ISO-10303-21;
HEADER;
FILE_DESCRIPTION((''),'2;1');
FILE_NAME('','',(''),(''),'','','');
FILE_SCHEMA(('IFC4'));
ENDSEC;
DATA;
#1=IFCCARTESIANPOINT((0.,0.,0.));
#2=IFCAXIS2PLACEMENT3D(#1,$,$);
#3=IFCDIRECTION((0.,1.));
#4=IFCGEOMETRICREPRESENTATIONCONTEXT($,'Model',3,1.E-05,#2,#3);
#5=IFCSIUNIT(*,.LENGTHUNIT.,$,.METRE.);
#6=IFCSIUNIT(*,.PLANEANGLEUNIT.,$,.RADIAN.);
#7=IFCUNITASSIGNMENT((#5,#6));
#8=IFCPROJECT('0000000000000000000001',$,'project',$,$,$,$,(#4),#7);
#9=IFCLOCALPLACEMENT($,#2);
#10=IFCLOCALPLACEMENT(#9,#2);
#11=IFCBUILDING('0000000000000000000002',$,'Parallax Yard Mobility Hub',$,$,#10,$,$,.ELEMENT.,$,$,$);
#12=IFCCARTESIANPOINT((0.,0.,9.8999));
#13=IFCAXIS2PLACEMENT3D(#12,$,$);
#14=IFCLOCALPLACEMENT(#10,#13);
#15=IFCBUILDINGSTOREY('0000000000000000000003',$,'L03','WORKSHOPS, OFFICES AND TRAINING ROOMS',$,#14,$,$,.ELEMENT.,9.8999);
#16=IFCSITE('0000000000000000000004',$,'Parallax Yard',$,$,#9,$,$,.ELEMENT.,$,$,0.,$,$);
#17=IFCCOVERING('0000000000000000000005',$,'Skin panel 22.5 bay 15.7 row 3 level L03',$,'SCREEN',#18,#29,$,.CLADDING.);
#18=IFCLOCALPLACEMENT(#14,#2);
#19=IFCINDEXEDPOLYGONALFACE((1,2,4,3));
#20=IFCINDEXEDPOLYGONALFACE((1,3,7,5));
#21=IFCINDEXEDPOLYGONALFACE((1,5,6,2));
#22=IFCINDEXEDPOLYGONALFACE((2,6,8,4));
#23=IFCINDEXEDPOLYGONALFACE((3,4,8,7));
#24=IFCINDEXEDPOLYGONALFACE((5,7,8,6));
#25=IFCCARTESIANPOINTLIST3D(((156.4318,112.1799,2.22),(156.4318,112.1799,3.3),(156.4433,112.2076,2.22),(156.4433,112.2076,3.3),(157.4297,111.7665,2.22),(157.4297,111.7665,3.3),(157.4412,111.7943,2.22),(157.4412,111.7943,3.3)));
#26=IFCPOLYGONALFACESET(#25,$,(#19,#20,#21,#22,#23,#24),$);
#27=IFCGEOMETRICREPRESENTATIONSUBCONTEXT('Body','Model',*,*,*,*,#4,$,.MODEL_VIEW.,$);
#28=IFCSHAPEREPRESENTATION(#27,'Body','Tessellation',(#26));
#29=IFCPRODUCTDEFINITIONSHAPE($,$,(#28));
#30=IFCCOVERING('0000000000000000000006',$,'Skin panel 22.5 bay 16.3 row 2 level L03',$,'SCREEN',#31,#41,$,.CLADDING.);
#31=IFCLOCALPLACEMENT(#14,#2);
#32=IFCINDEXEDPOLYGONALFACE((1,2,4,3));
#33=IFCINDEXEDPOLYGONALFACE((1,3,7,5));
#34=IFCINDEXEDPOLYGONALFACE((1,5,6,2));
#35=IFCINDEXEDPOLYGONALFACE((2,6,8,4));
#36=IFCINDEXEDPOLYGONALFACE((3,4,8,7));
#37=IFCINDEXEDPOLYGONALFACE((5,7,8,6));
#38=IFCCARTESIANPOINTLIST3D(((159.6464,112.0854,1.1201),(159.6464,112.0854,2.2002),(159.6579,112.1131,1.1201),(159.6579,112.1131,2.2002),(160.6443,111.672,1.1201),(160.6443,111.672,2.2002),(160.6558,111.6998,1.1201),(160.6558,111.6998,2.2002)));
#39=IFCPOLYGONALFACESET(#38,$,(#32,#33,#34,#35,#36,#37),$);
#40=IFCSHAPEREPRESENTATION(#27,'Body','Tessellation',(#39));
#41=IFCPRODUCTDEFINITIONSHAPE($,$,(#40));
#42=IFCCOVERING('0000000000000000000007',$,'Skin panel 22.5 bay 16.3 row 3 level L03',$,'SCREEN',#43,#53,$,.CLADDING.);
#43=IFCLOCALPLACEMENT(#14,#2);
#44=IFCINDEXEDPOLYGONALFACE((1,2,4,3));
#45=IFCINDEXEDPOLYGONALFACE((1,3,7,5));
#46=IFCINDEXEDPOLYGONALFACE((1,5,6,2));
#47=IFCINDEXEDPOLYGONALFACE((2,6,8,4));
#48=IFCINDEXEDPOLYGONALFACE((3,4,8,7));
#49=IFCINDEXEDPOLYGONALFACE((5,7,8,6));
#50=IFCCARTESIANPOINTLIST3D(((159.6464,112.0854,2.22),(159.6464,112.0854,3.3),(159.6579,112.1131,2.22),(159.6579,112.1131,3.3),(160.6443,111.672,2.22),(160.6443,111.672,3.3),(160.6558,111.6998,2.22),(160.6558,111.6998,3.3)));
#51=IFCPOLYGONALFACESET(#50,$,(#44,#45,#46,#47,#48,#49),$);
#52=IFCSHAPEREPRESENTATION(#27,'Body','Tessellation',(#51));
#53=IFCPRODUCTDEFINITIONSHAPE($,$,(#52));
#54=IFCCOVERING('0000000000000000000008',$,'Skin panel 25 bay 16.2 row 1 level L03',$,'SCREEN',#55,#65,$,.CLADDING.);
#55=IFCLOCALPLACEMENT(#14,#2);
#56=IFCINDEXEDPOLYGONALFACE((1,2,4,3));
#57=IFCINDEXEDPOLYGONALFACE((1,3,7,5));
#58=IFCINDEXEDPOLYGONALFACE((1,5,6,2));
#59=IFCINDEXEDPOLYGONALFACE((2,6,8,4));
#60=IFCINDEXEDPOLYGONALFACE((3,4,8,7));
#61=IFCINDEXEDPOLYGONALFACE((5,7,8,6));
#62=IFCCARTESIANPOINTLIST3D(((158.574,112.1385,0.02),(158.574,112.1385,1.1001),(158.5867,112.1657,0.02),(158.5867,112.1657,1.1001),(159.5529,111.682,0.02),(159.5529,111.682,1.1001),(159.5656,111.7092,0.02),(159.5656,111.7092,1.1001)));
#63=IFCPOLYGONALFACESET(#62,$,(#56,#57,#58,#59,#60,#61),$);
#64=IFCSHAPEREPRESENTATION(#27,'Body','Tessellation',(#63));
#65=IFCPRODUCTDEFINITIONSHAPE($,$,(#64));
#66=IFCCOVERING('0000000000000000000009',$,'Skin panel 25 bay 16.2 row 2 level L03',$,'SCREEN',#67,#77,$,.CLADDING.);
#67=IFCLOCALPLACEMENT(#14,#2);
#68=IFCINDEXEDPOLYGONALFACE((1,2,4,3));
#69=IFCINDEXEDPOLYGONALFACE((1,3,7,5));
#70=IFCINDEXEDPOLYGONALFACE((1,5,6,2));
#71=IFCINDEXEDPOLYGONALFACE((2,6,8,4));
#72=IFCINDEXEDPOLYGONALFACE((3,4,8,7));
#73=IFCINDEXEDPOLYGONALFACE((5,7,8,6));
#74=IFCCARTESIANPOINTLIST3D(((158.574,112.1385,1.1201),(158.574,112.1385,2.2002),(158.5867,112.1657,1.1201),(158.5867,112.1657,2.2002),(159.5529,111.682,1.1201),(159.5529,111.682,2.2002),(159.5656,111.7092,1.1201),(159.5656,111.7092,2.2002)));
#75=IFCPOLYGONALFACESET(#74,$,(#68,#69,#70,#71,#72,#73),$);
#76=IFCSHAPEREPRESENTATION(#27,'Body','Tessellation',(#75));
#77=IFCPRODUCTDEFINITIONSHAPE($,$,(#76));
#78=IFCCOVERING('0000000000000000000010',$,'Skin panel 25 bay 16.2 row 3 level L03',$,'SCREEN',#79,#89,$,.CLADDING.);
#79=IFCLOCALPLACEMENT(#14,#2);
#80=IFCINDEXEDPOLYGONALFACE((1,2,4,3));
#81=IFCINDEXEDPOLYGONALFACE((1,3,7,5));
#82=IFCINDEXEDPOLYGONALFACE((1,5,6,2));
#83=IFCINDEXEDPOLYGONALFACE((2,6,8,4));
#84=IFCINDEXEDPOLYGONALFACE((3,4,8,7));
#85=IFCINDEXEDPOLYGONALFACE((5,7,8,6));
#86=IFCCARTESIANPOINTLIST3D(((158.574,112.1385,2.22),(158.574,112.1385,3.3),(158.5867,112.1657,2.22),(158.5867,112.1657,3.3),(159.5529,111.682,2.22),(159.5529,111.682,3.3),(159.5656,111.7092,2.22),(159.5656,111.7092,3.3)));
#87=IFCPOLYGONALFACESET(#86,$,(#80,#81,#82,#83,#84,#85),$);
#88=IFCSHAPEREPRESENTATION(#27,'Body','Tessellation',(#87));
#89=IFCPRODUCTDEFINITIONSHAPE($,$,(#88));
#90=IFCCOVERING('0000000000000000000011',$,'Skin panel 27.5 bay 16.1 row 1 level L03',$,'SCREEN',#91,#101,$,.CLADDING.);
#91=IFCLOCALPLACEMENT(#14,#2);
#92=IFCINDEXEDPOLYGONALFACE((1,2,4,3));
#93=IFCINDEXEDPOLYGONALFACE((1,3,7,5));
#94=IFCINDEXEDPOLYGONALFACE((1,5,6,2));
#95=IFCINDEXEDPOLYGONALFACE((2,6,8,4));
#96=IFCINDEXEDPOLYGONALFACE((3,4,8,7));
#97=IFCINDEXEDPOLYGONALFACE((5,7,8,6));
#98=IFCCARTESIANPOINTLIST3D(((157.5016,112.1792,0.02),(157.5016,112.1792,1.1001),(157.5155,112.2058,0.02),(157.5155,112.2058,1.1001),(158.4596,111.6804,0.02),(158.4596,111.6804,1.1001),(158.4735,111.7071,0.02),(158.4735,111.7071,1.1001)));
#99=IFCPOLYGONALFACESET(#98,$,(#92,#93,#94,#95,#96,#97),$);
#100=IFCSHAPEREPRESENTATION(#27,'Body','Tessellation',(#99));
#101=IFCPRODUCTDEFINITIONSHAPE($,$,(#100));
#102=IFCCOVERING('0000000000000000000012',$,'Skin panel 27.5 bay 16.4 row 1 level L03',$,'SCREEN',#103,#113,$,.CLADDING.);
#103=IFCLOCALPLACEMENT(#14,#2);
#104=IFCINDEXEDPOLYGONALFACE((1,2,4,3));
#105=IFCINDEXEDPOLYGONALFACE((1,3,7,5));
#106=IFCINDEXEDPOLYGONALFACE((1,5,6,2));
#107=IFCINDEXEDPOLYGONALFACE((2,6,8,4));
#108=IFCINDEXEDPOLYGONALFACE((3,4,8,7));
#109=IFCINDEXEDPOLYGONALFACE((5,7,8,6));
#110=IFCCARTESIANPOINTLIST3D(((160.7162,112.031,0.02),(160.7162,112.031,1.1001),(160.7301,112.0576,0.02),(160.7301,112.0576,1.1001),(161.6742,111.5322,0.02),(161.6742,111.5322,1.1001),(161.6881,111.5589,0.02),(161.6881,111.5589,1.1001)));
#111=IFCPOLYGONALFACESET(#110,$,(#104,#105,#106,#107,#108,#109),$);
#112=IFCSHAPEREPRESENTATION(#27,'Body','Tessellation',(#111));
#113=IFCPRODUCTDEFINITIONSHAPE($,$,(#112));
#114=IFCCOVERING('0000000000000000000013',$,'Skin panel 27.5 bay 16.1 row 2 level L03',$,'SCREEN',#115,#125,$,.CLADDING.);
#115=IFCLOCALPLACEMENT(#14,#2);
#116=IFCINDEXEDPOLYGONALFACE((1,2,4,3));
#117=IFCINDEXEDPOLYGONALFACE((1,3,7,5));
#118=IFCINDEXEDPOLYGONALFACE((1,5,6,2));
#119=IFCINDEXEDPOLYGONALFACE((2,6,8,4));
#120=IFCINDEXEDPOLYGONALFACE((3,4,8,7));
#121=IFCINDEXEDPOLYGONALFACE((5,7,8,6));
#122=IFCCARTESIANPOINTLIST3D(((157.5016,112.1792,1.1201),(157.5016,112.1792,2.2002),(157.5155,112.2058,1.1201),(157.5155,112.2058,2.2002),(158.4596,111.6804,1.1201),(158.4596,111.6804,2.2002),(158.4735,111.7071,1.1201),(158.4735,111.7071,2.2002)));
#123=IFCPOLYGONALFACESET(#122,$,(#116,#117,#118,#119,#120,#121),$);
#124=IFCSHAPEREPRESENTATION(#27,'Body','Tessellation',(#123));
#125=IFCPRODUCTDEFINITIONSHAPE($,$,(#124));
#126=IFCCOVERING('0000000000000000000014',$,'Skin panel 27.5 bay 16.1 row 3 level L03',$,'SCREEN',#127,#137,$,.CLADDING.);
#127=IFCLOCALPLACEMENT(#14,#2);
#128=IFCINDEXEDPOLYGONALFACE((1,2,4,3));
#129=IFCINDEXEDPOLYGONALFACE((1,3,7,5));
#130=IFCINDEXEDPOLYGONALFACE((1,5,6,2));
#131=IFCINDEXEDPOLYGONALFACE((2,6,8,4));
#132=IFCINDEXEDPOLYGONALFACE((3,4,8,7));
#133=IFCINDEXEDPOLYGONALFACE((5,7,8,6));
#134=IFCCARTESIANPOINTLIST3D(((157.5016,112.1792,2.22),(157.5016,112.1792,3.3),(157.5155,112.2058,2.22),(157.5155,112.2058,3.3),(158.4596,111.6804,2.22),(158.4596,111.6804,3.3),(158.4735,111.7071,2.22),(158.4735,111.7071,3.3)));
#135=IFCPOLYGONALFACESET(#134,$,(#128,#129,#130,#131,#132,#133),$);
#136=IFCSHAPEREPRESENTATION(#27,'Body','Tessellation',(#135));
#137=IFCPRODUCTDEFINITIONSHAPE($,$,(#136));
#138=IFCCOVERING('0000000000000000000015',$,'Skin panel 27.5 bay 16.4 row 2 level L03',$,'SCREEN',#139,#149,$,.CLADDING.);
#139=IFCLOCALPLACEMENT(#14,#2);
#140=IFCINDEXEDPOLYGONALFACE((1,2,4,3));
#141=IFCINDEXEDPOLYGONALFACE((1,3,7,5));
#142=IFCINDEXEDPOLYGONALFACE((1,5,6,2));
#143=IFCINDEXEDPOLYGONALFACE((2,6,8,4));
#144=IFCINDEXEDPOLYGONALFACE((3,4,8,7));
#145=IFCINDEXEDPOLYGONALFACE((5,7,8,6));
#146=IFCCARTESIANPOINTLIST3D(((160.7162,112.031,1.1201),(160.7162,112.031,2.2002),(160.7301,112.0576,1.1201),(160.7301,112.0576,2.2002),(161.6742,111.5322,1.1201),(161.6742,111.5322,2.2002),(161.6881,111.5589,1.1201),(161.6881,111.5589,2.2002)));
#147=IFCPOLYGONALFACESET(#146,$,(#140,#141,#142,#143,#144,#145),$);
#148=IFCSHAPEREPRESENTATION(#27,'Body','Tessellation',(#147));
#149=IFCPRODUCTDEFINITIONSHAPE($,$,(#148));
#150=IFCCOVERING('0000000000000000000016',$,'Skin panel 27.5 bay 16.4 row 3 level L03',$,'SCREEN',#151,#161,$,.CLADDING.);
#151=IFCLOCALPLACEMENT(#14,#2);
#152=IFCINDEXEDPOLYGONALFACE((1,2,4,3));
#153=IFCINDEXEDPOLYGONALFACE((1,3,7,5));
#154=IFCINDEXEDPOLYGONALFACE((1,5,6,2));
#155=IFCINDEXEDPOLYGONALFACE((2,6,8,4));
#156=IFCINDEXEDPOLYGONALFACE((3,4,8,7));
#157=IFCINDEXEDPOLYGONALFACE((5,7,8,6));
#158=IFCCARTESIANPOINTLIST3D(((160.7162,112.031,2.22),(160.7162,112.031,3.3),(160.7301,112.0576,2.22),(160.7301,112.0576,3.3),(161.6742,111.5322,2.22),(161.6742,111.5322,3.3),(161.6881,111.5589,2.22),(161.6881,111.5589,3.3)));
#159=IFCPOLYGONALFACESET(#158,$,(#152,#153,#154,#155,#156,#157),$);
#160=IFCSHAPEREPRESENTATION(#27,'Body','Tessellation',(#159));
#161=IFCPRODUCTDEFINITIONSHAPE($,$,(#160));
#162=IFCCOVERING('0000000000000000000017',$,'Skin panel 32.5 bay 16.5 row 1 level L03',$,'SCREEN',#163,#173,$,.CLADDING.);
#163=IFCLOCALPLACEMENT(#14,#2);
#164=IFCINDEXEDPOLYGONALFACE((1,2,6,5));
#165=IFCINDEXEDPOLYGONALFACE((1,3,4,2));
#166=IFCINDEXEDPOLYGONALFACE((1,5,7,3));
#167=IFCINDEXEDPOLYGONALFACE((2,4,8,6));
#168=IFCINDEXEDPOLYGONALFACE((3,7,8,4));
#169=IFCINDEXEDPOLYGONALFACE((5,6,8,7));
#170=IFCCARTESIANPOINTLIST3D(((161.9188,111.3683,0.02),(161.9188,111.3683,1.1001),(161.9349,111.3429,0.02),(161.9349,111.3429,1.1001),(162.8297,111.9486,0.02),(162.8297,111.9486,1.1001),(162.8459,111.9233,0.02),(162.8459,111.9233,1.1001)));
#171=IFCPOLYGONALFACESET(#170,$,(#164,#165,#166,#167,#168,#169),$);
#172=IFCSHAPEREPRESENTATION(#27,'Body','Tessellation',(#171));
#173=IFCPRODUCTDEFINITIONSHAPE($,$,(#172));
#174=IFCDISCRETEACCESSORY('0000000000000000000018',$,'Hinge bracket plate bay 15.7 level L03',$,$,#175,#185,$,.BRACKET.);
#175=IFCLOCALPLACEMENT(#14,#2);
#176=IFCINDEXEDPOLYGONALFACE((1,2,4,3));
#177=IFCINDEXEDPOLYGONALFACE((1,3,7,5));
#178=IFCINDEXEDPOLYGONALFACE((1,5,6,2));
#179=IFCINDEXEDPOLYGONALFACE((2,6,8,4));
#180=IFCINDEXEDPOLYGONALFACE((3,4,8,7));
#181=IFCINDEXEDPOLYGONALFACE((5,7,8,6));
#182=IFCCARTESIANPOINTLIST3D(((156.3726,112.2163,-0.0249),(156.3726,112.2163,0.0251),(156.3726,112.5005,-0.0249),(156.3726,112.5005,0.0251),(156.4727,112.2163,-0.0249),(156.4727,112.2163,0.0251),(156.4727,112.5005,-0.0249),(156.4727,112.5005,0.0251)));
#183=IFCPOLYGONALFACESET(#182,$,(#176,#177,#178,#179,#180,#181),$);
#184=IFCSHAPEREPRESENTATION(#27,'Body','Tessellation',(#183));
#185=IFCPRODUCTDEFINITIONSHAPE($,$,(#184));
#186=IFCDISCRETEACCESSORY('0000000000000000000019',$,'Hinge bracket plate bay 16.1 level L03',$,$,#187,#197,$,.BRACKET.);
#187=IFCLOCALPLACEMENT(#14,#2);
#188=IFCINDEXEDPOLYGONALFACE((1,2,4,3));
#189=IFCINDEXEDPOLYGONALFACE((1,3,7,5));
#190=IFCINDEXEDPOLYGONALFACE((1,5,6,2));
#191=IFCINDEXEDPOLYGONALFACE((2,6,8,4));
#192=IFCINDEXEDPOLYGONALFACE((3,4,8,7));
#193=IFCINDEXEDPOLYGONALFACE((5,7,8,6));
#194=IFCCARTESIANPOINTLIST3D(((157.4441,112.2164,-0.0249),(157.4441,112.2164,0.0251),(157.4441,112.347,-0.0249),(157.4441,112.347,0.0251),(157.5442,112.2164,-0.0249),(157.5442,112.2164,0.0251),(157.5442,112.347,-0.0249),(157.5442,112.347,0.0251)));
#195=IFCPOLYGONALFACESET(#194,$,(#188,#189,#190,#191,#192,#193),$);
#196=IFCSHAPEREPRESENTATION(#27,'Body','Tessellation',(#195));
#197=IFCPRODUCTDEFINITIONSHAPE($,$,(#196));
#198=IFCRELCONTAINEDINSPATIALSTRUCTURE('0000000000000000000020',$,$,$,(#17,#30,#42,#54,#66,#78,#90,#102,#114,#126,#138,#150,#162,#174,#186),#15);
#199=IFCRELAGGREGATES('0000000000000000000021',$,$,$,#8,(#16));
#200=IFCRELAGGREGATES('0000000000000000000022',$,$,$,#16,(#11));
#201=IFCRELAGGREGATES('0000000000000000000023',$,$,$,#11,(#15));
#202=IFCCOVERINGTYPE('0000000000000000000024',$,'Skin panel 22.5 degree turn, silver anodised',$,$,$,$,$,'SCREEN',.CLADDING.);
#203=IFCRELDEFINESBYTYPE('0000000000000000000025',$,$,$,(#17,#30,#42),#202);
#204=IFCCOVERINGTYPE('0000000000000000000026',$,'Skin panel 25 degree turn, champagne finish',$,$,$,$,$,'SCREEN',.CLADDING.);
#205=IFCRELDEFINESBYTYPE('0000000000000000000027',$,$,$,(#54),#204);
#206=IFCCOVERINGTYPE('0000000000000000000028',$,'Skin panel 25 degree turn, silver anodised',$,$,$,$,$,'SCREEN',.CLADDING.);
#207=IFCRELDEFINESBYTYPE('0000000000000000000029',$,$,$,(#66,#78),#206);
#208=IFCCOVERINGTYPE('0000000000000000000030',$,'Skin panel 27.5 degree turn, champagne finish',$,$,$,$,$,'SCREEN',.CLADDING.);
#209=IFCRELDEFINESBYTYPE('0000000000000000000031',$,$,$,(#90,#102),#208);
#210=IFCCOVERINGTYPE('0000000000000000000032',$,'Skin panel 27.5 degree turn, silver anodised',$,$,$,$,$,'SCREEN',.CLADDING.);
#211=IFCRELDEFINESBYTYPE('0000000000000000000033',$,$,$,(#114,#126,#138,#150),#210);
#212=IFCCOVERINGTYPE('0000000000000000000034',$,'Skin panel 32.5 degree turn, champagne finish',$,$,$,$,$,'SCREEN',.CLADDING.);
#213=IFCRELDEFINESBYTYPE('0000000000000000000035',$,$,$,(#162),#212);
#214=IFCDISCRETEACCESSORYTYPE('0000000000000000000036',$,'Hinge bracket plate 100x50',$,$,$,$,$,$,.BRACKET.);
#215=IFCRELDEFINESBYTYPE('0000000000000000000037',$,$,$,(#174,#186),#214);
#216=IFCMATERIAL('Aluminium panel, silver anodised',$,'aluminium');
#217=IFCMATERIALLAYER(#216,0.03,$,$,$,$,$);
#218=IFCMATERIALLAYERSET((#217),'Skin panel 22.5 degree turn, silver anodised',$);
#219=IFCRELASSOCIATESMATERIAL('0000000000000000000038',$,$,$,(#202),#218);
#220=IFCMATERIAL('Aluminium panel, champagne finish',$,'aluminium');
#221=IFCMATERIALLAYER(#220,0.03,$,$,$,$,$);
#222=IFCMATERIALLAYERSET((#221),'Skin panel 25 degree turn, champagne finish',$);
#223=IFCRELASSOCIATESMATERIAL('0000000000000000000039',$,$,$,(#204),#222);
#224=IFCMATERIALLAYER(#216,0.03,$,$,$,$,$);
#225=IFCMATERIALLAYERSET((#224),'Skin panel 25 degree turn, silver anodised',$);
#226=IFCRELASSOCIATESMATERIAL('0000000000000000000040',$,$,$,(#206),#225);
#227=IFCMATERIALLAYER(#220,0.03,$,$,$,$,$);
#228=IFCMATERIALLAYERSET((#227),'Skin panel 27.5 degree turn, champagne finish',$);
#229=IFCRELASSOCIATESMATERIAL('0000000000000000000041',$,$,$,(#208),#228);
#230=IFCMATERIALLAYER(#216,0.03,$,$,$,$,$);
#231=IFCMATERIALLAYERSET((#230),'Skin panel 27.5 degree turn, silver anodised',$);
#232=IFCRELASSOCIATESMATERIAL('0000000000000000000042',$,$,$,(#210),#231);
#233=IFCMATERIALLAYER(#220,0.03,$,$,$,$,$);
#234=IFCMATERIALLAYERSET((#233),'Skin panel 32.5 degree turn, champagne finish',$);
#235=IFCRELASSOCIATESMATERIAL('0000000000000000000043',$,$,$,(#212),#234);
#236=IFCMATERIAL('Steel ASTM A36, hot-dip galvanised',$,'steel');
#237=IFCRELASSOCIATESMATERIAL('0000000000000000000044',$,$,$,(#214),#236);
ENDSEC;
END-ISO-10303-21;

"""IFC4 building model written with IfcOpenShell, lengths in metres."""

from ifc_helpers import new_model, si_unit, direction, frame, origin, origin_2d, place, context, subcontext, project, spatial, rectangle, extrude, material, layer, layer_set, type_object, element, save


model = new_model("IFC4")

# Units and contexts
model_context = context("Model", 3, precision=1e-05, world=origin(), true_north=direction((0.0, 1.0)))
body_context = subcontext(model_context, "Body", "Model", "MODEL_VIEW")
ifc_project = project(units=[si_unit("LENGTHUNIT", "METRE"), si_unit("PLANEANGLEUNIT", "RADIAN")], contexts=[model_context])

# Site, building, storey
site_placement = place(None, origin())
site = spatial("IfcSite", under=ifc_project, at=site_placement, Name="Parallax Yard", CompositionType="ELEMENT", RefElevation=0.0)
building_placement = place(site_placement, origin())
building = spatial("IfcBuilding", under=site, at=building_placement, Name="Parallax Yard Mobility Hub", CompositionType="ELEMENT")
storey_placement = place(building_placement, frame((0.0, 0.0, 9.8999)))
storey = spatial("IfcBuildingStorey", under=building, at=storey_placement, Name="L03", Description="WORKSHOPS, OFFICES AND TRAINING ROOMS", CompositionType="ELEMENT", Elevation=9.8999)

# Coverings
ifc_material_1 = material(Name="Aluminium panel, champagne finish", Category="aluminium")
ifc_material_2 = material(Name="Aluminium panel, silver anodised", Category="aluminium")
ifc_layer_1 = layer(ifc_material_2, 0.03)
ifc_layer_set_1 = layer_set([ifc_layer_1], Name="Skin panel 22.5 degree turn, silver anodised")
covering_type_1 = type_object("IfcCoveringType", Name="Skin panel 22.5 degree turn, silver anodised", ElementType="SCREEN", PredefinedType="CLADDING", material=ifc_layer_set_1)
for number, where, z_axis, x_axis, name in (
    (1, (156.9365, 111.9871, 2.22), (0.0, 0.0, 1.0), (0.92388, -0.382683, 0.0), "Skin panel 22.5 bay 15.7 row 3 level L03"),
    (2, (160.1511, 111.8926, 1.1201), (0.0, 0.0, 1.0), (0.92388, -0.382683, 0.0), "Skin panel 22.5 bay 16.3 row 2 level L03"),
    (3, (160.1511, 111.8926, 2.22), (0.0, 0.0, 1.0), (0.92388, -0.382683, 0.0), "Skin panel 22.5 bay 16.3 row 3 level L03"),
):
    element("IfcCovering", number, at=place(storey_placement, frame(where, z_axis=z_axis, x_axis=x_axis)), inside=storey, type_object=covering_type_1, Name=name, ObjectType="SCREEN", PredefinedType="CLADDING", context=body_context, shape_type="SweptSolid", body=[
        extrude(rectangle(XDim=1.0801, YDim=0.03, at=origin_2d()), origin(), (0.0, 0.0, 1.0), 1.0801),
    ])
ifc_layer_2 = layer(ifc_material_1, 0.03)
ifc_layer_set_2 = layer_set([ifc_layer_2], Name="Skin panel 25 degree turn, champagne finish")
covering_type_2 = type_object("IfcCoveringType", Name="Skin panel 25 degree turn, champagne finish", ElementType="SCREEN", PredefinedType="CLADDING", material=ifc_layer_set_2)
covering_1_placement = place(storey_placement, frame((159.0698, 111.9238, 0.02), z_axis=(0.0, 0.0, 1.0), x_axis=(0.906308, -0.422618, 0.0)))
element("IfcCovering", 4, at=covering_1_placement, inside=storey, type_object=covering_type_2, Name="Skin panel 25 bay 16.2 row 1 level L03", ObjectType="SCREEN", PredefinedType="CLADDING", context=body_context, shape_type="SweptSolid", body=[
    extrude(rectangle(XDim=1.0801, YDim=0.03, at=origin_2d()), origin(), (0.0, 0.0, 1.0), 1.0801),
])
ifc_layer_3 = layer(ifc_material_2, 0.03)
ifc_layer_set_3 = layer_set([ifc_layer_3], Name="Skin panel 25 degree turn, silver anodised")
covering_type_3 = type_object("IfcCoveringType", Name="Skin panel 25 degree turn, silver anodised", ElementType="SCREEN", PredefinedType="CLADDING", material=ifc_layer_set_3)
for number, where, z_axis, x_axis, name in (
    (5, (159.0698, 111.9238, 1.1201), (0.0, 0.0, 1.0), (0.906308, -0.422618, 0.0), "Skin panel 25 bay 16.2 row 2 level L03"),
    (6, (159.0698, 111.9238, 2.22), (0.0, 0.0, 1.0), (0.906308, -0.422618, 0.0), "Skin panel 25 bay 16.2 row 3 level L03"),
):
    element("IfcCovering", number, at=place(storey_placement, frame(where, z_axis=z_axis, x_axis=x_axis)), inside=storey, type_object=covering_type_3, Name=name, ObjectType="SCREEN", PredefinedType="CLADDING", context=body_context, shape_type="SweptSolid", body=[
        extrude(rectangle(XDim=1.0801, YDim=0.03, at=origin_2d()), origin(), (0.0, 0.0, 1.0), 1.0801),
    ])
ifc_layer_4 = layer(ifc_material_1, 0.03)
ifc_layer_set_4 = layer_set([ifc_layer_4], Name="Skin panel 27.5 degree turn, champagne finish")
covering_type_4 = type_object("IfcCoveringType", Name="Skin panel 27.5 degree turn, champagne finish", ElementType="SCREEN", PredefinedType="CLADDING", material=ifc_layer_set_4)
for number, where, z_axis, x_axis, name in (
    (7, (157.9875, 111.9431, 0.02), (0.0, 0.0, 1.0), (0.887011, -0.461749, 0.0), "Skin panel 27.5 bay 16.1 row 1 level L03"),
    (8, (161.2021, 111.7949, 0.02), (0.0, 0.0, 1.0), (0.887011, -0.461749, 0.0), "Skin panel 27.5 bay 16.4 row 1 level L03"),
):
    element("IfcCovering", number, at=place(storey_placement, frame(where, z_axis=z_axis, x_axis=x_axis)), inside=storey, type_object=covering_type_4, Name=name, ObjectType="SCREEN", PredefinedType="CLADDING", context=body_context, shape_type="SweptSolid", body=[
        extrude(rectangle(XDim=1.0801, YDim=0.03, at=origin_2d()), origin(), (0.0, 0.0, 1.0), 1.0801),
    ])
ifc_layer_5 = layer(ifc_material_2, 0.03)
ifc_layer_set_5 = layer_set([ifc_layer_5], Name="Skin panel 27.5 degree turn, silver anodised")
covering_type_5 = type_object("IfcCoveringType", Name="Skin panel 27.5 degree turn, silver anodised", ElementType="SCREEN", PredefinedType="CLADDING", material=ifc_layer_set_5)
for number, where, z_axis, x_axis, name in (
    (9, (157.9875, 111.9431, 1.1201), (0.0, 0.0, 1.0), (0.887011, -0.461749, 0.0), "Skin panel 27.5 bay 16.1 row 2 level L03"),
    (10, (157.9875, 111.9431, 2.22), (0.0, 0.0, 1.0), (0.887011, -0.461749, 0.0), "Skin panel 27.5 bay 16.1 row 3 level L03"),
    (11, (161.2021, 111.7949, 1.1201), (0.0, 0.0, 1.0), (0.887011, -0.461749, 0.0), "Skin panel 27.5 bay 16.4 row 2 level L03"),
    (12, (161.2021, 111.7949, 2.22), (0.0, 0.0, 1.0), (0.887011, -0.461749, 0.0), "Skin panel 27.5 bay 16.4 row 3 level L03"),
):
    element("IfcCovering", number, at=place(storey_placement, frame(where, z_axis=z_axis, x_axis=x_axis)), inside=storey, type_object=covering_type_5, Name=name, ObjectType="SCREEN", PredefinedType="CLADDING", context=body_context, shape_type="SweptSolid", body=[
        extrude(rectangle(XDim=1.0801, YDim=0.03, at=origin_2d()), origin(), (0.0, 0.0, 1.0), 1.0801),
    ])
ifc_layer_6 = layer(ifc_material_1, 0.03)
ifc_layer_set_6 = layer_set([ifc_layer_6], Name="Skin panel 32.5 degree turn, champagne finish")
covering_type_6 = type_object("IfcCoveringType", Name="Skin panel 32.5 degree turn, champagne finish", ElementType="SCREEN", PredefinedType="CLADDING", material=ifc_layer_set_6)
covering_2_placement = place(storey_placement, frame((162.3823, 111.6458, 0.02), z_axis=(0.0, 0.0, 1.0), x_axis=(-0.843391, -0.5373, 0.0)))
element("IfcCovering", 13, at=covering_2_placement, inside=storey, type_object=covering_type_6, Name="Skin panel 32.5 bay 16.5 row 1 level L03", ObjectType="SCREEN", PredefinedType="CLADDING", context=body_context, shape_type="SweptSolid", body=[
    extrude(rectangle(XDim=1.0801, YDim=0.03, at=origin_2d()), origin(), (0.0, 0.0, 1.0), 1.0801),
])

# Discrete accessories
ifc_material_3 = material(Name="Steel ASTM A36, hot-dip galvanised", Category="steel")
discrete_accessory_type_1 = type_object("IfcDiscreteAccessoryType", Name="Hinge bracket plate 100x50", PredefinedType="BRACKET", material=ifc_material_3)
discrete_accessory_1_placement = place(storey_placement, frame((156.4226, 112.3584, -0.0249), z_axis=(0.0, 0.0, 1.0), x_axis=(0.0, -1.0, 0.0)))
element("IfcDiscreteAccessory", 14, at=discrete_accessory_1_placement, inside=storey, type_object=discrete_accessory_type_1, Name="Hinge bracket plate bay 15.7 level L03", PredefinedType="BRACKET", context=body_context, shape_type="SweptSolid", body=[
    extrude(rectangle(XDim=0.2842, YDim=0.1001, at=origin_2d()), origin(), (0.0, 0.0, 1.0), 0.05),
])
discrete_accessory_2_placement = place(storey_placement, frame((157.4941, 112.2817, -0.0249), z_axis=(0.0, 0.0, 1.0), x_axis=(0.0, -1.0, 0.0)))
element("IfcDiscreteAccessory", 15, at=discrete_accessory_2_placement, inside=storey, type_object=discrete_accessory_type_1, Name="Hinge bracket plate bay 16.1 level L03", PredefinedType="BRACKET", context=body_context, shape_type="SweptSolid", body=[
    extrude(rectangle(XDim=0.1306, YDim=0.1001, at=origin_2d()), origin(), (0.0, 0.0, 1.0), 0.05),
])

save(model, "model.ifc")
